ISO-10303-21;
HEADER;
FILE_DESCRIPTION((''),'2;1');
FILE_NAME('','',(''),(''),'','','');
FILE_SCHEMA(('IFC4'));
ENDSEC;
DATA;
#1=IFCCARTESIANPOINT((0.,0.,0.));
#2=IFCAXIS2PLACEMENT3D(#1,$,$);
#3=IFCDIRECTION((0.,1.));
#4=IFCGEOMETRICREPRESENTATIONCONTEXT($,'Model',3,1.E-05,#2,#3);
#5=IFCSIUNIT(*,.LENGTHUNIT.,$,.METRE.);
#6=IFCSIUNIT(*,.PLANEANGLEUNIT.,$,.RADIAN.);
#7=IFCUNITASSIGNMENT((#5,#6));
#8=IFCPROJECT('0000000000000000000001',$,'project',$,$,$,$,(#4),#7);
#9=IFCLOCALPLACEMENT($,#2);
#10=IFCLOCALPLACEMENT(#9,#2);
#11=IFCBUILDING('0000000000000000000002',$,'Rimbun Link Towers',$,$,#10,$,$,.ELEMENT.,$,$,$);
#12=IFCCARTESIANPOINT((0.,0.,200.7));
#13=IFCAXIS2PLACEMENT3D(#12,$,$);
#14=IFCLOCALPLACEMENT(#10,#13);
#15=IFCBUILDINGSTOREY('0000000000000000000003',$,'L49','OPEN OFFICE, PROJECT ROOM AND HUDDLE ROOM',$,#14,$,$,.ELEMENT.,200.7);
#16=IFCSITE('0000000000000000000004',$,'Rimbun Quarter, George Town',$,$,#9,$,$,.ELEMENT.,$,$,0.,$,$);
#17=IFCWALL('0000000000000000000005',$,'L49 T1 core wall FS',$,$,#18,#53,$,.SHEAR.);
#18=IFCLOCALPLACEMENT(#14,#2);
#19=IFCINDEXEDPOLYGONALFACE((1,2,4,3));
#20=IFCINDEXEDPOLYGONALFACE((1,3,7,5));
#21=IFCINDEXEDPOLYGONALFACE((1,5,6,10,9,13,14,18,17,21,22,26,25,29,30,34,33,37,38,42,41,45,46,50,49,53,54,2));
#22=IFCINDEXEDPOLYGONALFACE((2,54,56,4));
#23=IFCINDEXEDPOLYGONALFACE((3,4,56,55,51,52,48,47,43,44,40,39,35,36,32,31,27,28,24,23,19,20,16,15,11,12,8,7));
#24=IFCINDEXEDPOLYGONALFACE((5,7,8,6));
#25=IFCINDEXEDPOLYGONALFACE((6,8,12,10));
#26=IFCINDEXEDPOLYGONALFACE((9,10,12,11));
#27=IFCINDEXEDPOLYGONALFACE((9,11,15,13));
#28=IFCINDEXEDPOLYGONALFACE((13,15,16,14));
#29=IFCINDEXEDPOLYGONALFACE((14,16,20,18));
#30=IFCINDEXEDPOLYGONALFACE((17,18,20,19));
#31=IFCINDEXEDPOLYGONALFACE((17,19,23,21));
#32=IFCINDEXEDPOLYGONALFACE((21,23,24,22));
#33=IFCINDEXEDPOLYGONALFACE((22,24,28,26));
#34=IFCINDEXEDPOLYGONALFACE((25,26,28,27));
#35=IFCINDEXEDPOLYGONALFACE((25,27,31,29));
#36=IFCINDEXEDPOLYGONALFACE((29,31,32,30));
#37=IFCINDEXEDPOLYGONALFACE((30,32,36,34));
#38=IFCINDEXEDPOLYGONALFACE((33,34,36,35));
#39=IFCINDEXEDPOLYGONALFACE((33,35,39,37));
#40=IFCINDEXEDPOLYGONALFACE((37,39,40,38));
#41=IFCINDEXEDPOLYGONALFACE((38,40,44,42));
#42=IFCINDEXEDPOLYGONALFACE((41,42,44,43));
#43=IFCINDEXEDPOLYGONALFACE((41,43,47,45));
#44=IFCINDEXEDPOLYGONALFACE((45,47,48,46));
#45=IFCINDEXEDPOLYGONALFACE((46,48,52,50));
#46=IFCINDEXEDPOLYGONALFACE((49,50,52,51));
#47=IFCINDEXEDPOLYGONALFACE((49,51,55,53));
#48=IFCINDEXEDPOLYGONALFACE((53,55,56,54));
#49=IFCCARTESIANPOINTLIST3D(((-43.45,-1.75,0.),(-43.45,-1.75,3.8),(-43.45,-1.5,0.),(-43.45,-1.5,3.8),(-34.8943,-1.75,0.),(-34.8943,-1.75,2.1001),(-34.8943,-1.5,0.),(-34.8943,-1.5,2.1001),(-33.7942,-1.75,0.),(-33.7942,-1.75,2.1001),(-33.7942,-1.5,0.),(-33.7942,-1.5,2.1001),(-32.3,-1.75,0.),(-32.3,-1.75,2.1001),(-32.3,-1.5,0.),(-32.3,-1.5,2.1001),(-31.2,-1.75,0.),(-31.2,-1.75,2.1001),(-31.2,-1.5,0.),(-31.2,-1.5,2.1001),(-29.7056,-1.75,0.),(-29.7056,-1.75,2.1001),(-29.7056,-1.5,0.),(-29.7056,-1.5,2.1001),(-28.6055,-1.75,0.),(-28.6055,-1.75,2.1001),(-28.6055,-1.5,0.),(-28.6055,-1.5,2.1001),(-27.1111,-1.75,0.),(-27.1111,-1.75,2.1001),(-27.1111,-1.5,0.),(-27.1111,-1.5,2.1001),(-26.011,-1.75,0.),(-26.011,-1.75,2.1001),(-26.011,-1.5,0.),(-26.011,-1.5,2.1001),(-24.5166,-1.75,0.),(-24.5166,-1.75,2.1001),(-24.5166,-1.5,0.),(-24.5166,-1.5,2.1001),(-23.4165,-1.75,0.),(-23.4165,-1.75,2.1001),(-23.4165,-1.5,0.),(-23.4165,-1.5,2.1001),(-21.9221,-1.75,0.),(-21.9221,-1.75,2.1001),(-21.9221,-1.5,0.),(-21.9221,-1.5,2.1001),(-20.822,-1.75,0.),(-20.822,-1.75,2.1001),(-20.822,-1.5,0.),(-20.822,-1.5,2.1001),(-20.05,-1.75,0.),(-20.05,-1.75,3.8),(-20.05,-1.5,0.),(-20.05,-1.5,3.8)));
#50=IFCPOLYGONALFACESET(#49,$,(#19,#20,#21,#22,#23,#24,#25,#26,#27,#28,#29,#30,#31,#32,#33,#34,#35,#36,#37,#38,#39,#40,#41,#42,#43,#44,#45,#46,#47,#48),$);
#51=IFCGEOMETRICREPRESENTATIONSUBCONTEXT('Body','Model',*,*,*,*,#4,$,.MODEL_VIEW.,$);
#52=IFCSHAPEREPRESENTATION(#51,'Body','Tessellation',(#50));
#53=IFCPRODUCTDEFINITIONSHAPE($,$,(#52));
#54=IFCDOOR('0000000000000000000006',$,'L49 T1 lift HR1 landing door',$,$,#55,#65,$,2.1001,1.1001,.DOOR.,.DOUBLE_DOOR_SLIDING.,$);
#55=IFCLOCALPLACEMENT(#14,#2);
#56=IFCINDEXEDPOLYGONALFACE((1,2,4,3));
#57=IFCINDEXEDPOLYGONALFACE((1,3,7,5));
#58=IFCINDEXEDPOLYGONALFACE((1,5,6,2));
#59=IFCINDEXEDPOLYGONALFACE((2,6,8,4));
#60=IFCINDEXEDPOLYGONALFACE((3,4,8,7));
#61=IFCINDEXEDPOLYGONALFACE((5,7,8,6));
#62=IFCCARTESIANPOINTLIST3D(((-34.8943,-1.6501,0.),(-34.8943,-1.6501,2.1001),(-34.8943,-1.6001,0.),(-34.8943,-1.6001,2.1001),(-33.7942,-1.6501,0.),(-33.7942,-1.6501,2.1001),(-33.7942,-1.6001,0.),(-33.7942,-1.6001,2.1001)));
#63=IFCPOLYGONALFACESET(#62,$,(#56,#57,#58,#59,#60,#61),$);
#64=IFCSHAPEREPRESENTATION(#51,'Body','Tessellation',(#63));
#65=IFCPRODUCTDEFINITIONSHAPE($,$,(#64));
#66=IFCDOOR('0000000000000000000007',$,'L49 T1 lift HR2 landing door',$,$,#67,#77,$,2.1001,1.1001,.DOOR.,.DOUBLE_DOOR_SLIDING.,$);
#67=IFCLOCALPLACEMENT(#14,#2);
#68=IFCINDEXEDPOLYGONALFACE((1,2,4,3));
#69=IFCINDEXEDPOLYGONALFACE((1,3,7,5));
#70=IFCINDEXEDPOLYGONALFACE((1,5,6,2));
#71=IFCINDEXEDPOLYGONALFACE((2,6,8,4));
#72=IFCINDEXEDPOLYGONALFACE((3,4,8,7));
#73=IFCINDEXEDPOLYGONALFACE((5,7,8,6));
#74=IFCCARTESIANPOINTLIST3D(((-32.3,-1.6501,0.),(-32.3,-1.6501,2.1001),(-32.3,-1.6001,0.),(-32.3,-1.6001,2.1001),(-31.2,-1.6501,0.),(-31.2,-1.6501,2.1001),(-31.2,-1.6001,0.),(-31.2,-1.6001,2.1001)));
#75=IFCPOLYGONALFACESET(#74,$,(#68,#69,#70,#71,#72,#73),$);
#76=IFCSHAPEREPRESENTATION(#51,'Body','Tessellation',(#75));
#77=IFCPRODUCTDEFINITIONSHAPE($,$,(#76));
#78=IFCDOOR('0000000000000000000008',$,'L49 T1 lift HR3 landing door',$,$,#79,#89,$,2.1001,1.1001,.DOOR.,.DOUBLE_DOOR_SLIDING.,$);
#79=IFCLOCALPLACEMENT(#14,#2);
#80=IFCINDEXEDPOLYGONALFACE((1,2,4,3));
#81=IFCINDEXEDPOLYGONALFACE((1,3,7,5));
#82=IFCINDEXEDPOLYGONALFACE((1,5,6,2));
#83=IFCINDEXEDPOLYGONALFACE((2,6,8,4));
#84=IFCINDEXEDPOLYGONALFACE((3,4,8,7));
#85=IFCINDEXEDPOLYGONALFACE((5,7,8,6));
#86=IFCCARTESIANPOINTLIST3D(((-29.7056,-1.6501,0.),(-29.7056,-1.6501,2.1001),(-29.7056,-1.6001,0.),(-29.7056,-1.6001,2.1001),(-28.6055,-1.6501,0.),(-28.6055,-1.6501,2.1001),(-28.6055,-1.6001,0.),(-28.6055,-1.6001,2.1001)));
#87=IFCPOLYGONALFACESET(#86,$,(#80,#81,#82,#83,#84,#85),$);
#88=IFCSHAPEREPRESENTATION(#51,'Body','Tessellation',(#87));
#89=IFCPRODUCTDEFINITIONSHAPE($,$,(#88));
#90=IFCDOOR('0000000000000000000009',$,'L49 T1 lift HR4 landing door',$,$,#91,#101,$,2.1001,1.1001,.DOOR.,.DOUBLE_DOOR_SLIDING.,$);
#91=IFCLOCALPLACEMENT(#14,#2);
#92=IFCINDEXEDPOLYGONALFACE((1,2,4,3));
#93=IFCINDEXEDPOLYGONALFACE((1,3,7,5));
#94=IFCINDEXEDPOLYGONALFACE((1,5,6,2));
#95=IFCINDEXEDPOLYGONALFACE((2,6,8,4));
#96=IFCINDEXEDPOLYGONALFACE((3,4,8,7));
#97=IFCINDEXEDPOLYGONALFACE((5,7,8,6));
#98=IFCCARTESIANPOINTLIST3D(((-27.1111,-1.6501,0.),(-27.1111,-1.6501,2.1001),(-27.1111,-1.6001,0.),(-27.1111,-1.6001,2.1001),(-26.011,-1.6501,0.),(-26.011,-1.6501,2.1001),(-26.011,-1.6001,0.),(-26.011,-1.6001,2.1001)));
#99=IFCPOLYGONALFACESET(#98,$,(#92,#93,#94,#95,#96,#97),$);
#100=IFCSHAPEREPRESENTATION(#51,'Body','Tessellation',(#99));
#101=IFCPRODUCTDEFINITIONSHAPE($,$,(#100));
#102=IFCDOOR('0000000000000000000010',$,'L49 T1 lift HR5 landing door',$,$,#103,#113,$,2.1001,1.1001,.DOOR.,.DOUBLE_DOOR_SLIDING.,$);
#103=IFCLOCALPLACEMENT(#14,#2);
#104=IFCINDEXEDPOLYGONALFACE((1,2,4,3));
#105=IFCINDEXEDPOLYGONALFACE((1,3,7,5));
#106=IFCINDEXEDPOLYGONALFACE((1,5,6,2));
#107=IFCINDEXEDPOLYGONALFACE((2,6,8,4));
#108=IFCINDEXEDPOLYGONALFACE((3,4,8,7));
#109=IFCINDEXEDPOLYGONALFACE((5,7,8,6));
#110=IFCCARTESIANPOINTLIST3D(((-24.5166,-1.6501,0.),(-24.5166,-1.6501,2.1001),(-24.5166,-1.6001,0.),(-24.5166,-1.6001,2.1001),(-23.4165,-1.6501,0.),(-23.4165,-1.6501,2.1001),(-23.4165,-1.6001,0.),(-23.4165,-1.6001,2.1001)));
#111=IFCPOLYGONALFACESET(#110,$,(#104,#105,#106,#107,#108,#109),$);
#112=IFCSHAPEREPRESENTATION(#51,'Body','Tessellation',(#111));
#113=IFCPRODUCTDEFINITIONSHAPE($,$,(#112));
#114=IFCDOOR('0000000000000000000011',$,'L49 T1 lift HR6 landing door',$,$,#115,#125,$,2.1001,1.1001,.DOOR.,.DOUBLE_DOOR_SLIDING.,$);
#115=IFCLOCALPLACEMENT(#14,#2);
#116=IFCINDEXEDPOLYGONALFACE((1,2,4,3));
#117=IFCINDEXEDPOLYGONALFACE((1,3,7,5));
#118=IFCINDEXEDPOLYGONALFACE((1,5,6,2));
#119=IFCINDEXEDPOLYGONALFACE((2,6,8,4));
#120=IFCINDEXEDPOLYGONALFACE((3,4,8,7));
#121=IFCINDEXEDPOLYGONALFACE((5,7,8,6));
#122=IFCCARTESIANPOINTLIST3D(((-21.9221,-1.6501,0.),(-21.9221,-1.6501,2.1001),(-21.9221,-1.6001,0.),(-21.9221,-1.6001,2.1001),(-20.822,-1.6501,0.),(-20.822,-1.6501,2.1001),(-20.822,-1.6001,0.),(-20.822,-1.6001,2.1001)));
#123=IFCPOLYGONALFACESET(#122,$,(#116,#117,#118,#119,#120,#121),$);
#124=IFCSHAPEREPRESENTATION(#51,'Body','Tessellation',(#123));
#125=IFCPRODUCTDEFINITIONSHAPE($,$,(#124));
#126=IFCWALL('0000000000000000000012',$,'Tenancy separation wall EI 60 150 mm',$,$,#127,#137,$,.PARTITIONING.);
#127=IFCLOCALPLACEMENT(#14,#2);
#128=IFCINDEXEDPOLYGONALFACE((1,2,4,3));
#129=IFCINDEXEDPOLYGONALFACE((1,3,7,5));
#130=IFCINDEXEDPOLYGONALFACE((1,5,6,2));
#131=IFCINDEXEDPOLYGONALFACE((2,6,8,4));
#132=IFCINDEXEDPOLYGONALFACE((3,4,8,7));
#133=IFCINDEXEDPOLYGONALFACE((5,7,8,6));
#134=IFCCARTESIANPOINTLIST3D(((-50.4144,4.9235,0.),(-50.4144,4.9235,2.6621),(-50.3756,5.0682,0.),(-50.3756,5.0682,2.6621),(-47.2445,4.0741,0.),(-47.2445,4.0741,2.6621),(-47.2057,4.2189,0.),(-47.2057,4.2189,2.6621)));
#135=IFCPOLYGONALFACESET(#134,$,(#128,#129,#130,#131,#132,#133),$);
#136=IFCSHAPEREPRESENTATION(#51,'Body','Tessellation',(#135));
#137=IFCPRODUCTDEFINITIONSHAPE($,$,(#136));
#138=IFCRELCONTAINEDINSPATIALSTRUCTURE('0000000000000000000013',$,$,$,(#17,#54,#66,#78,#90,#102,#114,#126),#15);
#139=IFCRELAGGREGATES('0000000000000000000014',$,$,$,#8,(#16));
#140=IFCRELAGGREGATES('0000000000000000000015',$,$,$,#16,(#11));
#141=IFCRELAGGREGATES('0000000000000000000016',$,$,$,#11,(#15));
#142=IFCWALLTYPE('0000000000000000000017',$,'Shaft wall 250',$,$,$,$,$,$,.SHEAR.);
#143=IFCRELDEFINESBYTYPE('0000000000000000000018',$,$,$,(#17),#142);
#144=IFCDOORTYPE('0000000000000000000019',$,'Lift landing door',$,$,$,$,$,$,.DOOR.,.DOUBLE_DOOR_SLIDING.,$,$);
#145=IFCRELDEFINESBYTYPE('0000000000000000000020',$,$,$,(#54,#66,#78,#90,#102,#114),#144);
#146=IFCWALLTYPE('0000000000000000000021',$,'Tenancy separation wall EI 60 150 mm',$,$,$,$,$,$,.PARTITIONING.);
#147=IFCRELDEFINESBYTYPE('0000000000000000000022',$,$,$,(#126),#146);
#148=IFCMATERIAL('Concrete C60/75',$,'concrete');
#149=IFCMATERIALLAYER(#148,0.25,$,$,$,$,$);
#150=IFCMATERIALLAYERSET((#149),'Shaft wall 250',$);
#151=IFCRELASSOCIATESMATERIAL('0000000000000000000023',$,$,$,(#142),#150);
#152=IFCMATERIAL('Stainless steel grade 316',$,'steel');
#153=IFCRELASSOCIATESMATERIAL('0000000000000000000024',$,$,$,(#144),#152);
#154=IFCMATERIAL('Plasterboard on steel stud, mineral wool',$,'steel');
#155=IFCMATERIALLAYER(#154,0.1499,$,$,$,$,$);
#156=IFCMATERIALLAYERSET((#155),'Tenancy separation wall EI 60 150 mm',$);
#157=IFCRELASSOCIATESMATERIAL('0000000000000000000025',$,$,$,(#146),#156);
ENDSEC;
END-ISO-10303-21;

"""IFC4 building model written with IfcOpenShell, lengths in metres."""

from ifc_helpers import new_model, si_unit, direction, frame, frame_2d, origin, place, context, subcontext, project, spatial, rectangle, extrude, material, layer, layer_set, type_object, element, fill, save


model = new_model("IFC4")

# Units and contexts
model_context = context("Model", 3, precision=1e-05, world=origin(), true_north=direction((0.0, 1.0)))
body_context = subcontext(model_context, "Body", "Model", "MODEL_VIEW")
ifc_project = project(units=[si_unit("LENGTHUNIT", "METRE"), si_unit("PLANEANGLEUNIT", "RADIAN")], contexts=[model_context])

# Site, building, storey
site_placement = place(None, origin())
site = spatial("IfcSite", under=ifc_project, at=site_placement, Name="Rimbun Quarter, George Town", CompositionType="ELEMENT", RefElevation=0.0)
building_placement = place(site_placement, origin())
building = spatial("IfcBuilding", under=site, at=building_placement, Name="Rimbun Link Towers", CompositionType="ELEMENT")
storey_placement = place(building_placement, frame((0.0, 0.0, 200.7)))
storey = spatial("IfcBuildingStorey", under=building, at=storey_placement, Name="L49", Description="OPEN OFFICE, PROJECT ROOM AND HUDDLE ROOM", CompositionType="ELEMENT", Elevation=200.7)

# Shared definitions
ifc_material_1 = material(Name="Concrete C60/75", Category="concrete")
ifc_layer_1 = layer(ifc_material_1, 0.25)
ifc_layer_set_1 = layer_set([ifc_layer_1], Name="Shaft wall 250")
wall_type_1 = type_object("IfcWallType", Name="Shaft wall 250", PredefinedType="SHEAR", material=ifc_layer_set_1)

# Wall, openings, doors
wall_1_placement = place(storey_placement, frame((-43.45, -1.625, 0.0), z_axis=(0.0, 0.0, 1.0), x_axis=(1.0, 0.0, 0.0)))
wall_1 = element("IfcWall", 1, at=wall_1_placement, inside=storey, type_object=wall_type_1, Name="L49 T1 core wall FS", PredefinedType="SHEAR", context=body_context, shape_type="SweptSolid", body=[
    extrude(rectangle(XDim=23.3999, YDim=0.25, at=frame_2d((11.7, 0.0))), origin(), (0.0, 0.0, 1.0), 3.8),
])
opening_1_placement = place(wall_1_placement, frame((8.5557, 0.0, 0.0)))
opening_1 = element("IfcOpeningElement", 2, at=opening_1_placement, cuts=wall_1, PredefinedType="OPENING", context=body_context, shape_type="SweptSolid", body=[
    extrude(rectangle(XDim=1.1001, YDim=2.1001, at=frame_2d((0.55, 1.05))), frame((0.0, 0.135, 0.0), z_axis=(0.0, -1.0, 0.0), x_axis=(1.0, 0.0, 0.0)), (0.0, 0.0, 1.0), 0.27),
])
opening_2_placement = place(wall_1_placement, frame((11.1499, 0.0, 0.0)))
opening_2 = element("IfcOpeningElement", 3, at=opening_2_placement, cuts=wall_1, PredefinedType="OPENING", context=body_context, shape_type="SweptSolid", body=[
    extrude(rectangle(XDim=1.1001, YDim=2.1001, at=frame_2d((0.55, 1.05))), frame((0.0, 0.135, 0.0), z_axis=(0.0, -1.0, 0.0), x_axis=(1.0, 0.0, 0.0)), (0.0, 0.0, 1.0), 0.27),
])
opening_3_placement = place(wall_1_placement, frame((13.7444, 0.0, 0.0)))
opening_3 = element("IfcOpeningElement", 4, at=opening_3_placement, cuts=wall_1, PredefinedType="OPENING", context=body_context, shape_type="SweptSolid", body=[
    extrude(rectangle(XDim=1.1001, YDim=2.1001, at=frame_2d((0.55, 1.05))), frame((0.0, 0.135, 0.0), z_axis=(0.0, -1.0, 0.0), x_axis=(1.0, 0.0, 0.0)), (0.0, 0.0, 1.0), 0.27),
])
opening_4_placement = place(wall_1_placement, frame((16.3389, 0.0, 0.0)))
opening_4 = element("IfcOpeningElement", 5, at=opening_4_placement, cuts=wall_1, PredefinedType="OPENING", context=body_context, shape_type="SweptSolid", body=[
    extrude(rectangle(XDim=1.1001, YDim=2.1001, at=frame_2d((0.55, 1.05))), frame((0.0, 0.135, 0.0), z_axis=(0.0, -1.0, 0.0), x_axis=(1.0, 0.0, 0.0)), (0.0, 0.0, 1.0), 0.27),
])
opening_5_placement = place(wall_1_placement, frame((18.9333, 0.0, 0.0)))
opening_5 = element("IfcOpeningElement", 6, at=opening_5_placement, cuts=wall_1, PredefinedType="OPENING", context=body_context, shape_type="SweptSolid", body=[
    extrude(rectangle(XDim=1.1001, YDim=2.1001, at=frame_2d((0.55, 1.05))), frame((0.0, 0.135, 0.0), z_axis=(0.0, -1.0, 0.0), x_axis=(1.0, 0.0, 0.0)), (0.0, 0.0, 1.0), 0.27),
])
opening_6_placement = place(wall_1_placement, frame((21.5278, 0.0, 0.0)))
opening_6 = element("IfcOpeningElement", 7, at=opening_6_placement, cuts=wall_1, PredefinedType="OPENING", context=body_context, shape_type="SweptSolid", body=[
    extrude(rectangle(XDim=1.1001, YDim=2.1001, at=frame_2d((0.55, 1.05))), frame((0.0, 0.135, 0.0), z_axis=(0.0, -1.0, 0.0), x_axis=(1.0, 0.0, 0.0)), (0.0, 0.0, 1.0), 0.27),
])
ifc_material_2 = material(Name="Stainless steel grade 316", Category="steel")
door_type_1 = type_object("IfcDoorType", Name="Lift landing door", OperationType="DOUBLE_DOOR_SLIDING", PredefinedType="DOOR", material=ifc_material_2)
door_1_placement = place(opening_1_placement, origin())
door_1 = element("IfcDoor", 8, at=door_1_placement, inside=storey, type_object=door_type_1, Name="L49 T1 lift HR1 landing door", OperationType="DOUBLE_DOOR_SLIDING", OverallHeight=2.1001, OverallWidth=1.1001, PredefinedType="DOOR", context=body_context, shape_type="SweptSolid", body=[
    extrude(rectangle(XDim=1.1001, YDim=2.1001, at=frame_2d((0.55, 1.05))), frame((0.0, 0.0249, 0.0), z_axis=(0.0, -1.0, 0.0), x_axis=(1.0, 0.0, 0.0)), (0.0, 0.0, 1.0), 0.05),
])
fill(opening_1, door_1)
door_2_placement = place(opening_2_placement, origin())
door_2 = element("IfcDoor", 9, at=door_2_placement, inside=storey, type_object=door_type_1, Name="L49 T1 lift HR2 landing door", OperationType="DOUBLE_DOOR_SLIDING", OverallHeight=2.1001, OverallWidth=1.1001, PredefinedType="DOOR", context=body_context, shape_type="SweptSolid", body=[
    extrude(rectangle(XDim=1.1001, YDim=2.1001, at=frame_2d((0.55, 1.05))), frame((0.0, 0.0249, 0.0), z_axis=(0.0, -1.0, 0.0), x_axis=(1.0, 0.0, 0.0)), (0.0, 0.0, 1.0), 0.05),
])
fill(opening_2, door_2)
door_3_placement = place(opening_3_placement, origin())
door_3 = element("IfcDoor", 10, at=door_3_placement, inside=storey, type_object=door_type_1, Name="L49 T1 lift HR3 landing door", OperationType="DOUBLE_DOOR_SLIDING", OverallHeight=2.1001, OverallWidth=1.1001, PredefinedType="DOOR", context=body_context, shape_type="SweptSolid", body=[
    extrude(rectangle(XDim=1.1001, YDim=2.1001, at=frame_2d((0.55, 1.05))), frame((0.0, 0.0249, 0.0), z_axis=(0.0, -1.0, 0.0), x_axis=(1.0, 0.0, 0.0)), (0.0, 0.0, 1.0), 0.05),
])
fill(opening_3, door_3)
door_4_placement = place(opening_4_placement, origin())
door_4 = element("IfcDoor", 11, at=door_4_placement, inside=storey, type_object=door_type_1, Name="L49 T1 lift HR4 landing door", OperationType="DOUBLE_DOOR_SLIDING", OverallHeight=2.1001, OverallWidth=1.1001, PredefinedType="DOOR", context=body_context, shape_type="SweptSolid", body=[
    extrude(rectangle(XDim=1.1001, YDim=2.1001, at=frame_2d((0.55, 1.05))), frame((0.0, 0.0249, 0.0), z_axis=(0.0, -1.0, 0.0), x_axis=(1.0, 0.0, 0.0)), (0.0, 0.0, 1.0), 0.05),
])
fill(opening_4, door_4)
door_5_placement = place(opening_5_placement, origin())
door_5 = element("IfcDoor", 12, at=door_5_placement, inside=storey, type_object=door_type_1, Name="L49 T1 lift HR5 landing door", OperationType="DOUBLE_DOOR_SLIDING", OverallHeight=2.1001, OverallWidth=1.1001, PredefinedType="DOOR", context=body_context, shape_type="SweptSolid", body=[
    extrude(rectangle(XDim=1.1001, YDim=2.1001, at=frame_2d((0.55, 1.05))), frame((0.0, 0.0249, 0.0), z_axis=(0.0, -1.0, 0.0), x_axis=(1.0, 0.0, 0.0)), (0.0, 0.0, 1.0), 0.05),
])
fill(opening_5, door_5)
door_6_placement = place(opening_6_placement, origin())
door_6 = element("IfcDoor", 13, at=door_6_placement, inside=storey, type_object=door_type_1, Name="L49 T1 lift HR6 landing door", OperationType="DOUBLE_DOOR_SLIDING", OverallHeight=2.1001, OverallWidth=1.1001, PredefinedType="DOOR", context=body_context, shape_type="SweptSolid", body=[
    extrude(rectangle(XDim=1.1001, YDim=2.1001, at=frame_2d((0.55, 1.05))), frame((0.0, 0.0249, 0.0), z_axis=(0.0, -1.0, 0.0), x_axis=(1.0, 0.0, 0.0)), (0.0, 0.0, 1.0), 0.05),
])
fill(opening_6, door_6)

# Wall
ifc_material_3 = material(Name="Plasterboard on steel stud, mineral wool", Category="steel")
ifc_layer_2 = layer(ifc_material_3, 0.1499)
ifc_layer_set_2 = layer_set([ifc_layer_2], Name="Tenancy separation wall EI 60 150 mm")
wall_type_2 = type_object("IfcWallType", Name="Tenancy separation wall EI 60 150 mm", PredefinedType="PARTITIONING", material=ifc_layer_set_2)
wall_2_placement = place(storey_placement, frame((-47.2251, 4.1465, 0.0), z_axis=(0.0, 0.0, 1.0), x_axis=(-0.965927, 0.258815, 0.0)))
element("IfcWall", 14, at=wall_2_placement, inside=storey, type_object=wall_type_2, Name="Tenancy separation wall EI 60 150 mm", PredefinedType="PARTITIONING", context=body_context, shape_type="SweptSolid", body=[
    extrude(rectangle(XDim=3.2817, YDim=0.1499, at=frame_2d((1.6409, 0.0))), origin(), (0.0, 0.0, 1.0), 2.6621),
])

save(model, "model.ifc")
